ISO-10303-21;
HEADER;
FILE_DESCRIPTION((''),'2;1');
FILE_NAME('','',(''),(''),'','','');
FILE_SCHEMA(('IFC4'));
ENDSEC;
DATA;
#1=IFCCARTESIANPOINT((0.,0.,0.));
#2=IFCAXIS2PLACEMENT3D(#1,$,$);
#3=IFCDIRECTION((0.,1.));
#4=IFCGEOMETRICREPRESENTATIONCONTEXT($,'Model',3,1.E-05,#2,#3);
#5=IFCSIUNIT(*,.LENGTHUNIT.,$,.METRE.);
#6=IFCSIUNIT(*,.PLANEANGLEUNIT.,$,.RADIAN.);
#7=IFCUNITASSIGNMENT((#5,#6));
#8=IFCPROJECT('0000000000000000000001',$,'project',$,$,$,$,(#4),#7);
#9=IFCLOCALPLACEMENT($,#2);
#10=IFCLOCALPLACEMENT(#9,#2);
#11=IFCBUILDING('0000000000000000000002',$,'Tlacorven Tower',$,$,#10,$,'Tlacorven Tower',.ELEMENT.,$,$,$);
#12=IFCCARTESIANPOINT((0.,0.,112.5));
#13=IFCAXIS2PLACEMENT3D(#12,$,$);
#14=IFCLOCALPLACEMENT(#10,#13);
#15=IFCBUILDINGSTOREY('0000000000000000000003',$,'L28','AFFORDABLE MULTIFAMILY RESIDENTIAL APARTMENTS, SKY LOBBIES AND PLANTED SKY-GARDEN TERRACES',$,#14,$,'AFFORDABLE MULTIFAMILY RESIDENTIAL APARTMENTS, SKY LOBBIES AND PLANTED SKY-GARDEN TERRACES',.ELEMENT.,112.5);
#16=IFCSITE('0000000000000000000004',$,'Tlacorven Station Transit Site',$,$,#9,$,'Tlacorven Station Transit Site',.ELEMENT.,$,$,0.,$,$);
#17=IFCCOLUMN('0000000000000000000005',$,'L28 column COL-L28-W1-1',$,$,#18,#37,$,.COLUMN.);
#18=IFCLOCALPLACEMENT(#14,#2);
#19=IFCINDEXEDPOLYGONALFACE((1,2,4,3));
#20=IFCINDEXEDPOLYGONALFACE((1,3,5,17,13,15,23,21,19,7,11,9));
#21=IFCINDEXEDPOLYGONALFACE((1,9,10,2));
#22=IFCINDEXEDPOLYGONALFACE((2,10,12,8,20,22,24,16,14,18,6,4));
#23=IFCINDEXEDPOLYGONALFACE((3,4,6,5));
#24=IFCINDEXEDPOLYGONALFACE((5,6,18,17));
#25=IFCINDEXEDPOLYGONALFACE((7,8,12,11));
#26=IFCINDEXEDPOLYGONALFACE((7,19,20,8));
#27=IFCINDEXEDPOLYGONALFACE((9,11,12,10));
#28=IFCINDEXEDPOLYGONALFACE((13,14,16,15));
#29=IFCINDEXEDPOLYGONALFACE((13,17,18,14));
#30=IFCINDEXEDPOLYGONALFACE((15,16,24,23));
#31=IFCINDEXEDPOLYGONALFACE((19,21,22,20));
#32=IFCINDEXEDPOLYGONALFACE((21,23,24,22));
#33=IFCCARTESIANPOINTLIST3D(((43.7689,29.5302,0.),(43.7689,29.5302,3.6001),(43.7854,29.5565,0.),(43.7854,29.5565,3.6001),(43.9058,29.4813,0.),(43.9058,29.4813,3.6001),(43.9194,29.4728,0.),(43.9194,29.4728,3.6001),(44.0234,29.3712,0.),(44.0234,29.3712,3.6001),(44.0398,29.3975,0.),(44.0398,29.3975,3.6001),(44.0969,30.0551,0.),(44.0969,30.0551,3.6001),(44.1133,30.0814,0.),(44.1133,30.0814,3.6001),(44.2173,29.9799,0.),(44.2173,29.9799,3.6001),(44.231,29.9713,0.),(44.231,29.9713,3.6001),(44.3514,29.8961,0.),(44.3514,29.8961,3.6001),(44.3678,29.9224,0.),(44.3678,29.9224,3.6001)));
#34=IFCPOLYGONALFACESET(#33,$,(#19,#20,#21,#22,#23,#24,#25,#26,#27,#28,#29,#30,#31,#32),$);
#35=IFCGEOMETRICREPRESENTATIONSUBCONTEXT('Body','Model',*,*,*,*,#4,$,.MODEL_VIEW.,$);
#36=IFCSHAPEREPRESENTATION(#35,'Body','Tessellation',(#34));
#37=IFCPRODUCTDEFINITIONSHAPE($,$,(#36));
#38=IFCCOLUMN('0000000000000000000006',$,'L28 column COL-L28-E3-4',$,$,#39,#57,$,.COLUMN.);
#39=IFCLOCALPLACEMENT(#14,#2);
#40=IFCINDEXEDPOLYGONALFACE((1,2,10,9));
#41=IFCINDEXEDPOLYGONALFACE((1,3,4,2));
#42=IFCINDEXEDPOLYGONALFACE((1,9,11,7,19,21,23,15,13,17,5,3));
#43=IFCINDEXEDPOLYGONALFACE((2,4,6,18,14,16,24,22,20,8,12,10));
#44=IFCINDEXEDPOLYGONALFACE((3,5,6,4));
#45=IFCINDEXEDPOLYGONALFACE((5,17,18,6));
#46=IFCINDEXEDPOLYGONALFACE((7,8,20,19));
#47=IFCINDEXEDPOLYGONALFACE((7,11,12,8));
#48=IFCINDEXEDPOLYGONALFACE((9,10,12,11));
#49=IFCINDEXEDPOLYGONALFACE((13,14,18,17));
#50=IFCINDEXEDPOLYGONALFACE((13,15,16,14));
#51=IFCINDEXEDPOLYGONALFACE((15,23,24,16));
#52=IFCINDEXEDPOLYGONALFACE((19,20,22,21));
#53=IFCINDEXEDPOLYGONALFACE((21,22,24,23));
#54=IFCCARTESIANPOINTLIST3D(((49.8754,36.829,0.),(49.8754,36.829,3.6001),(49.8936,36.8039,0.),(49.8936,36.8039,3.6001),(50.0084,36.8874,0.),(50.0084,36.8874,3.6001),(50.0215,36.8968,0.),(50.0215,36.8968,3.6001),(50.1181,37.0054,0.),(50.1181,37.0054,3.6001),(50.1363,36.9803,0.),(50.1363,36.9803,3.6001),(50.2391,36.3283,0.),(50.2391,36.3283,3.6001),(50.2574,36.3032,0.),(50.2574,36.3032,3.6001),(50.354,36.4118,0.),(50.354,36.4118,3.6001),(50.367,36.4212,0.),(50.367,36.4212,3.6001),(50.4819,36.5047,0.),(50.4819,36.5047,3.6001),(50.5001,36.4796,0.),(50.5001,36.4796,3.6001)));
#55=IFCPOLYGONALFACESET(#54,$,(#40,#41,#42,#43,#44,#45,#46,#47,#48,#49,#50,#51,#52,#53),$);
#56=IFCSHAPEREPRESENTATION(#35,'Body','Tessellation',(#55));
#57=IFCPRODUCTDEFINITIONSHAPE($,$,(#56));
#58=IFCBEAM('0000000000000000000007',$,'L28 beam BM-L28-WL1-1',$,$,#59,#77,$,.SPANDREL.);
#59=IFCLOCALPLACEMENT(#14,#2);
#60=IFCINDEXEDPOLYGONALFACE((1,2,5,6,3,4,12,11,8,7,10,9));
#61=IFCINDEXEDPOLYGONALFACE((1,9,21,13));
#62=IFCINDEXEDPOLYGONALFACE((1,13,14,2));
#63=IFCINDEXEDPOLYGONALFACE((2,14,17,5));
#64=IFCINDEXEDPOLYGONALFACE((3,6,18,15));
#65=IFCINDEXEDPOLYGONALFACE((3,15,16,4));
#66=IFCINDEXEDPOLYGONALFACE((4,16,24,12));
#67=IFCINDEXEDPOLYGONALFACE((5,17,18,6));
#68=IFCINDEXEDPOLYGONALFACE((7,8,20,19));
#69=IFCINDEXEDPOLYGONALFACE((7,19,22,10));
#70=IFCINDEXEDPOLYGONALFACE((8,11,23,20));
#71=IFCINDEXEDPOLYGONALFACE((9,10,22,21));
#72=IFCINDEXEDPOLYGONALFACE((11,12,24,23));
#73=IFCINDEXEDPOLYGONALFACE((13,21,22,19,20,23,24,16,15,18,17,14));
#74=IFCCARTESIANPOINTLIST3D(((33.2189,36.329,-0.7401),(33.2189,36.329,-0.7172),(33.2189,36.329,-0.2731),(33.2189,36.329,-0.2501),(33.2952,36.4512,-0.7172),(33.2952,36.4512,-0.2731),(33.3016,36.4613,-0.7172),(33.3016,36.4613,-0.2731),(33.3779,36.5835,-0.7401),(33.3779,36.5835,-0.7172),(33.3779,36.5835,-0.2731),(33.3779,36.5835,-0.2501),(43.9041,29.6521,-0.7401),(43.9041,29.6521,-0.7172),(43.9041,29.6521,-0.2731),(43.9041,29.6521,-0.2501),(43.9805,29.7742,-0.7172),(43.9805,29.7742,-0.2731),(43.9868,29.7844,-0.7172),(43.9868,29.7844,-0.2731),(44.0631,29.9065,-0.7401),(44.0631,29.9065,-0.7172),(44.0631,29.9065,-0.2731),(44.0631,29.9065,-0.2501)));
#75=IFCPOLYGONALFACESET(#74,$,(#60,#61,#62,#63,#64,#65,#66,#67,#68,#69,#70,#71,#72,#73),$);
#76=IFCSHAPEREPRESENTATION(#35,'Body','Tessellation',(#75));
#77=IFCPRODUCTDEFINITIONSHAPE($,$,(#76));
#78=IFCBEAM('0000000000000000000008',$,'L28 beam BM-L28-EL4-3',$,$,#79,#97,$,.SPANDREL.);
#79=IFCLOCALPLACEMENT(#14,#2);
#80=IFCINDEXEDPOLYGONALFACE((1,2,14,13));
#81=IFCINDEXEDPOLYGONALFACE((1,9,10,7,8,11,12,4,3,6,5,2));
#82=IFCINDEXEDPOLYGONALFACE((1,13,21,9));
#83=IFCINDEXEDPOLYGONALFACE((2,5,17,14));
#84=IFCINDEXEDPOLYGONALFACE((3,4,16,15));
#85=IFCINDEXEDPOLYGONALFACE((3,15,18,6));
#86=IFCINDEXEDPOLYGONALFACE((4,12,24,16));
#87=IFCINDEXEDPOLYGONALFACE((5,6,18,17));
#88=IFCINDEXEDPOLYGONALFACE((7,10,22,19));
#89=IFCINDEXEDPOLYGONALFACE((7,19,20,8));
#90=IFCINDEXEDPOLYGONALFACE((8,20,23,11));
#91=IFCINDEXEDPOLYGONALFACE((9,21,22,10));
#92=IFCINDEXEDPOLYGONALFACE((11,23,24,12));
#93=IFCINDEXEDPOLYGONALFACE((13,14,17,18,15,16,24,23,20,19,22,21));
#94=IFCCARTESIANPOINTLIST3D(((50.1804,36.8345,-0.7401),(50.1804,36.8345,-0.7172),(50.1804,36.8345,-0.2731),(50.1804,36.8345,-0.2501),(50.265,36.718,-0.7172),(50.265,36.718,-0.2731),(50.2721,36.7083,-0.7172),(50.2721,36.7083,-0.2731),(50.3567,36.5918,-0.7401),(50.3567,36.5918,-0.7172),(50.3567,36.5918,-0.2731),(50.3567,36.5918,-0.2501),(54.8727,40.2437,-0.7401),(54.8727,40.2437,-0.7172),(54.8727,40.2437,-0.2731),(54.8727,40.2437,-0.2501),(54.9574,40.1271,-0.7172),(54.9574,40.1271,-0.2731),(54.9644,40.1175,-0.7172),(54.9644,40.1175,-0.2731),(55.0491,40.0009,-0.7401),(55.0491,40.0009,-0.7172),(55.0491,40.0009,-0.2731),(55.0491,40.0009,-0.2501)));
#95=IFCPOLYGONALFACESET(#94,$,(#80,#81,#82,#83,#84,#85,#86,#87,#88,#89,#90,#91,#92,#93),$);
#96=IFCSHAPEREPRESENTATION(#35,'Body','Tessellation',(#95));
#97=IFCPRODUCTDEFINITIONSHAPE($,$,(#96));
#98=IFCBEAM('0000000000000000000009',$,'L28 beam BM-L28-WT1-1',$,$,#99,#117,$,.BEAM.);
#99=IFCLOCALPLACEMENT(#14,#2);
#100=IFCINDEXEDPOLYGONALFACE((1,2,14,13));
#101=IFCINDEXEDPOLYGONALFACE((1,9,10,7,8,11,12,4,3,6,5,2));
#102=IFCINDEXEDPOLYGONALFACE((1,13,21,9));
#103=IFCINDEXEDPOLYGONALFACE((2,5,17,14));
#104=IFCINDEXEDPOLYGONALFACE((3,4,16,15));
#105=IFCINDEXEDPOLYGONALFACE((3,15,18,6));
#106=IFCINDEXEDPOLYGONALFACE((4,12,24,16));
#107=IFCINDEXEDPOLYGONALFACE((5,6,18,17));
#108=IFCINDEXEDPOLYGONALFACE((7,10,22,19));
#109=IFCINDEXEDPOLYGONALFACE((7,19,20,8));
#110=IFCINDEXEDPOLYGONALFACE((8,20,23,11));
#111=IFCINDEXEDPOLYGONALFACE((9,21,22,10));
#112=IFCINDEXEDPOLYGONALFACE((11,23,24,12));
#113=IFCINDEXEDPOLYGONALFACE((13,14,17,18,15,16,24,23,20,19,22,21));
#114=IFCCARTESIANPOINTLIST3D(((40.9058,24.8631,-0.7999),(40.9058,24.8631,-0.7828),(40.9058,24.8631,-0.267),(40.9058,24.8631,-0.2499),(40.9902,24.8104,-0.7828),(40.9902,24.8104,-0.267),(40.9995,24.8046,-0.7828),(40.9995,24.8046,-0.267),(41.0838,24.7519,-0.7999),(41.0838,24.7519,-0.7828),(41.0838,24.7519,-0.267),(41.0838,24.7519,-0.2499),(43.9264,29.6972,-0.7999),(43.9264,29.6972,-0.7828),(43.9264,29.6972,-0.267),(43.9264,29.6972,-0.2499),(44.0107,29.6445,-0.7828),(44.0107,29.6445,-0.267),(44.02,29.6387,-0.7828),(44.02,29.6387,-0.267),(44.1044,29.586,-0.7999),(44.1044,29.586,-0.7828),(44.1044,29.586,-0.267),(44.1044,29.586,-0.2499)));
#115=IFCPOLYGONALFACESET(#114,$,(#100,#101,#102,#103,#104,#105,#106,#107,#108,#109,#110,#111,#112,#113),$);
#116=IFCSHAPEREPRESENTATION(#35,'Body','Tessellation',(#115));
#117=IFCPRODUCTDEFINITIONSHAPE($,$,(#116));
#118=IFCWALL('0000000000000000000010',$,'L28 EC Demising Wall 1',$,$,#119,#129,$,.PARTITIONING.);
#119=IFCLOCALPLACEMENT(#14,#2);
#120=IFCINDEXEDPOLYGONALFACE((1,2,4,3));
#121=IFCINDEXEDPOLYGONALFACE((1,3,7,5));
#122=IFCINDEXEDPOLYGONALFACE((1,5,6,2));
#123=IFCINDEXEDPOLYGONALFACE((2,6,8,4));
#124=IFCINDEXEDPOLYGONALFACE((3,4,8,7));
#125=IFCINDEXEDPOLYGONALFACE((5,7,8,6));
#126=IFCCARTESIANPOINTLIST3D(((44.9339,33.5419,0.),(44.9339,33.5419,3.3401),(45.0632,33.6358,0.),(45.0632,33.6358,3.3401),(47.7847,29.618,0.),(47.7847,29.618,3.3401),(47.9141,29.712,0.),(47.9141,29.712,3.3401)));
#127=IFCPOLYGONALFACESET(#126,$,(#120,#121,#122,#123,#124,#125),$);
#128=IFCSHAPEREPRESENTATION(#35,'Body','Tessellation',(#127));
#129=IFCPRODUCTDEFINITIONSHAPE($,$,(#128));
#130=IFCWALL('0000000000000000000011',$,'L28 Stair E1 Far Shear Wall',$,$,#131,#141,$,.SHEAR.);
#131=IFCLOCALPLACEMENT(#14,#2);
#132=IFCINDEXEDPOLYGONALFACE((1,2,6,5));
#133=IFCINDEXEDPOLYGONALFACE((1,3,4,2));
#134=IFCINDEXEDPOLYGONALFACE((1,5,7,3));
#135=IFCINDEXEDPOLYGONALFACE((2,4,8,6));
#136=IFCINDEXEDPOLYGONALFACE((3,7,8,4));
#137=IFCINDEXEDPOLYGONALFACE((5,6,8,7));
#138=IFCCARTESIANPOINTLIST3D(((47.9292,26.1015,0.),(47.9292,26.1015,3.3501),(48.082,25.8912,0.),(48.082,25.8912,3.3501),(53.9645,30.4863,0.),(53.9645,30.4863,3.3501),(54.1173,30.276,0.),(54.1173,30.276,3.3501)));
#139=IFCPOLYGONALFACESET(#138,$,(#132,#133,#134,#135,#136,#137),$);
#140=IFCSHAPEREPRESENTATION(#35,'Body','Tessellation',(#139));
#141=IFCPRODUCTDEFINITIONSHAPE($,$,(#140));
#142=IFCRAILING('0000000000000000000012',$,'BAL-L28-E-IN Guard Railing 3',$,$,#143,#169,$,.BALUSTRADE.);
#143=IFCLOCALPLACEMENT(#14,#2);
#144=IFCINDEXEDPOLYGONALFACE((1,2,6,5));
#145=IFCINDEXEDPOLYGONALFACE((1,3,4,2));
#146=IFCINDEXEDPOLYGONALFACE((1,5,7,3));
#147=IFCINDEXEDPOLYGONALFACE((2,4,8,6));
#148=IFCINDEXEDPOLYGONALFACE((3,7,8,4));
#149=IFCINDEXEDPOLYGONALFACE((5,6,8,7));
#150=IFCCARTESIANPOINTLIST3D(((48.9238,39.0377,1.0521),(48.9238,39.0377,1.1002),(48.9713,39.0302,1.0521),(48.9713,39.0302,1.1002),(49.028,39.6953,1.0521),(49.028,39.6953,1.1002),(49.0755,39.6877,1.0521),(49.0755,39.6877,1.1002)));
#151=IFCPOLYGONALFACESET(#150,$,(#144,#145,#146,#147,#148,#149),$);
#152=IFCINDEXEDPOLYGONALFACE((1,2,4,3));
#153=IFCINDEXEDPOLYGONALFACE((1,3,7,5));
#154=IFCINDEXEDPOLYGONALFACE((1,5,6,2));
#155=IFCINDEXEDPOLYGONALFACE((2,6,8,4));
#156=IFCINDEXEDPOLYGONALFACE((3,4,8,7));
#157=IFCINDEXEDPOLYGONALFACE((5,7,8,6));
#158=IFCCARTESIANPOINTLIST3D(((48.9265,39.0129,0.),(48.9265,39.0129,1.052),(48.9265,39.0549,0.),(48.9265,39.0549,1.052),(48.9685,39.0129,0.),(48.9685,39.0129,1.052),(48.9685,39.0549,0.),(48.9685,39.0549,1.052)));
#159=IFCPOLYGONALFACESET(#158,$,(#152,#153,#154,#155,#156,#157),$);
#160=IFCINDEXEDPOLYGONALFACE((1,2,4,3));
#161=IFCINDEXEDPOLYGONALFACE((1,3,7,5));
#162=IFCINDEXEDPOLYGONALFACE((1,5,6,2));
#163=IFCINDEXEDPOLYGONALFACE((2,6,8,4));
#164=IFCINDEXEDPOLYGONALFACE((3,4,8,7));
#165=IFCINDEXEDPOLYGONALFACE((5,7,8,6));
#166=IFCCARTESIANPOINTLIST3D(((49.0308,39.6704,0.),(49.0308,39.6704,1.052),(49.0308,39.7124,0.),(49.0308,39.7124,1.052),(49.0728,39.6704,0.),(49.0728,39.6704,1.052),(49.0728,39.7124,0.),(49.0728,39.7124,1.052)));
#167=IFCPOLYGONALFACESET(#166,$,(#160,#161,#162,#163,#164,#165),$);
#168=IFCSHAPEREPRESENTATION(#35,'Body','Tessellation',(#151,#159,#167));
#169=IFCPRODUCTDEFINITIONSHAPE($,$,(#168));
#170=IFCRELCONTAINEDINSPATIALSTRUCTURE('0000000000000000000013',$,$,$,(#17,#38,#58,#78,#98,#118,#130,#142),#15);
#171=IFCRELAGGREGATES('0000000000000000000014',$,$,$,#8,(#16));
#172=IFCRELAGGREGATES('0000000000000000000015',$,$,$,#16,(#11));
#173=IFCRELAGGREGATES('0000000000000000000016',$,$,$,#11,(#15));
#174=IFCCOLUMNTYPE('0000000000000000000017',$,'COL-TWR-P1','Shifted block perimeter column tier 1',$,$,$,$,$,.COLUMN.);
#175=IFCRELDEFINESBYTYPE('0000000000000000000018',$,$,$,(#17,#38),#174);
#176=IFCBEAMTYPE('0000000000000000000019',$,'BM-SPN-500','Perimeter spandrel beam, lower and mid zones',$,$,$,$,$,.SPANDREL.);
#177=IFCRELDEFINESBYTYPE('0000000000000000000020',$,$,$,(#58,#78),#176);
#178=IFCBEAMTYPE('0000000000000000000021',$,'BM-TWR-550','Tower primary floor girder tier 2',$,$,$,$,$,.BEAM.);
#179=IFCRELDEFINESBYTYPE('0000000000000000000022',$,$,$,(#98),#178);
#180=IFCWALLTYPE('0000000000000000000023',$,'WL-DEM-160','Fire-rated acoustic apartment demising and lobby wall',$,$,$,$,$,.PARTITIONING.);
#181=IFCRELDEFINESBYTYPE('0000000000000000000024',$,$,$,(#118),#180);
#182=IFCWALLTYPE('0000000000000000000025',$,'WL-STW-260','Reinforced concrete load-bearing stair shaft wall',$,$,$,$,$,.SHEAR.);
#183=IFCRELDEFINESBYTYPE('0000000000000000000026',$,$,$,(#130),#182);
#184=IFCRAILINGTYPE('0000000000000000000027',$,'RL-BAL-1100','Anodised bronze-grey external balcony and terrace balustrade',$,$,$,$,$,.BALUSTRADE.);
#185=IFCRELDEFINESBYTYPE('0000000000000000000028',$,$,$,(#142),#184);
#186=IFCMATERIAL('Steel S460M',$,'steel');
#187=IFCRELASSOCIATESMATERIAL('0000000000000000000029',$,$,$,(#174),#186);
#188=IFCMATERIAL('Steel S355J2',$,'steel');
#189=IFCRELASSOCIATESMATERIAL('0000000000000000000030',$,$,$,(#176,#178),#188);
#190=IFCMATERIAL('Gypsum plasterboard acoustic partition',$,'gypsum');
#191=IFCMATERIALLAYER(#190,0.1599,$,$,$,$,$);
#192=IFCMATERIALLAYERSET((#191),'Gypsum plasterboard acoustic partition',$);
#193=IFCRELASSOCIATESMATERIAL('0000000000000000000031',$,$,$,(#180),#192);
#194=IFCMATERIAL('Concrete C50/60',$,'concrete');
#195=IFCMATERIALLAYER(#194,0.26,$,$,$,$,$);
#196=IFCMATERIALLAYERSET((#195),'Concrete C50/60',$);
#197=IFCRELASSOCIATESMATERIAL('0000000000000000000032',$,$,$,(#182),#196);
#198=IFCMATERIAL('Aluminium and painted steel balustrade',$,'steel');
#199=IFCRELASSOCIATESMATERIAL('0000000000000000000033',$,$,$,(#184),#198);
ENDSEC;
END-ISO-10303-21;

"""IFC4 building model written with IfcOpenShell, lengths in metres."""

from ifc_helpers import new_model, si_unit, direction, frame, frame_2d, origin, origin_2d, place, context, subcontext, project, spatial, rectangle, i_section, extrude, source, transform, mapped, material, layer, layer_set, material_profile, profile_set, type_object, element, save


model = new_model("IFC4")

# Units and contexts
model_context = context("Model", 3, precision=1e-05, world=origin(), true_north=direction((0.0, 1.0)))
body_context = subcontext(model_context, "Body", "Model", "MODEL_VIEW")
ifc_project = project(units=[si_unit("LENGTHUNIT", "METRE"), si_unit("PLANEANGLEUNIT", "RADIAN")], contexts=[model_context])

# Site, building, storey
site_placement = place(None, origin())
site = spatial("IfcSite", under=ifc_project, at=site_placement, Name="Tlacorven Station Transit Site", LongName="Tlacorven Station Transit Site", CompositionType="ELEMENT", RefElevation=0.0)
building_placement = place(site_placement, origin())
building = spatial("IfcBuilding", under=site, at=building_placement, Name="Tlacorven Tower", LongName="Tlacorven Tower", CompositionType="ELEMENT")
storey_placement = place(building_placement, frame((0.0, 0.0, 112.5)))
storey = spatial("IfcBuildingStorey", under=building, at=storey_placement, Name="L28", Description="AFFORDABLE MULTIFAMILY RESIDENTIAL APARTMENTS, SKY LOBBIES AND PLANTED SKY-GARDEN TERRACES", LongName="AFFORDABLE MULTIFAMILY RESIDENTIAL APARTMENTS, SKY LOBBIES AND PLANTED SKY-GARDEN TERRACES", CompositionType="ELEMENT", Elevation=112.5)

# Columns
ifc_material_1 = material(Name="Steel S460M", Category="steel")
ifc_material_profile_1 = material_profile(ifc_material_1, i_section(OverallWidth=0.3, OverallDepth=0.6499, WebThickness=0.0161, FlangeThickness=0.031, at=origin_2d()), Name="HEB 650")
ifc_profile_set_1 = profile_set([ifc_material_profile_1], Name="Steel S460M")
column_type = type_object("IfcColumnType", Name="COL-TWR-P1", Description="Shifted block perimeter column tier 1", PredefinedType="COLUMN", material=ifc_profile_set_1)
shared_shape_1 = source(origin(), body_context, "Body", "SweptSolid", [
    extrude(i_section(OverallWidth=0.3, OverallDepth=0.6499, WebThickness=0.0161, FlangeThickness=0.031, at=origin_2d()), origin(), (0.0, 0.0, 1.0), 3.6001),
])
for number, where, z_axis, x_axis, name in (
    (1, (44.0684, 29.7263, 0.0), (0.0, 0.0, 1.0), (-0.848048, 0.529919, 0.0), "L28 column COL-L28-W1-1"),
    (2, (50.1877, 36.6543, 0.0), (0.0, 0.0, 1.0), (0.809017, 0.587785, 0.0), "L28 column COL-L28-E3-4"),
):
    element("IfcColumn", number, at=place(storey_placement, frame(where, z_axis=z_axis, x_axis=x_axis)), inside=storey, type_object=column_type, Name=name, PredefinedType="COLUMN", context=body_context, shape_type="MappedRepresentation", body=[
        mapped(shared_shape_1, transform((0.0, 0.0, 0.0), scale=1.0)),
    ])

# Beams
ifc_material_2 = material(Name="Steel S355J2", Category="steel")
ifc_material_profile_2 = material_profile(ifc_material_2, i_section(OverallWidth=0.3, OverallDepth=0.49, WebThickness=0.012, FlangeThickness=0.0229, at=origin_2d()), Name="HEA 500")
ifc_profile_set_2 = profile_set([ifc_material_profile_2], Name="Steel S355J2")
beam_type_1 = type_object("IfcBeamType", Name="BM-SPN-500", Description="Perimeter spandrel beam, lower and mid zones", PredefinedType="SPANDREL", material=ifc_profile_set_2)
shared_shape_2 = source(origin(), body_context, "Body", "SweptSolid", [
    extrude(i_section(OverallWidth=0.3, OverallDepth=0.49, WebThickness=0.012, FlangeThickness=0.0229, at=origin_2d()), origin(), (0.0, 0.0, 1.0), 12.5999),
])
beam_1_placement = place(storey_placement, frame((43.9836, 29.7793, -0.4951), z_axis=(-0.848045, 0.529924, 0.0), x_axis=(-0.529924, -0.848045, 0.0)))
element("IfcBeam", 3, at=beam_1_placement, inside=storey, type_object=beam_type_1, Name="L28 beam BM-L28-WL1-1", PredefinedType="SPANDREL", context=body_context, shape_type="MappedRepresentation", body=[
    mapped(shared_shape_2, transform((0.0, 0.0, 0.0), scale=1.0)),
])
shared_shape_3 = source(origin(), body_context, "Body", "SweptSolid", [
    extrude(i_section(OverallWidth=0.3, OverallDepth=0.49, WebThickness=0.012, FlangeThickness=0.0229, at=origin_2d()), origin(), (0.0, 0.0, 1.0), 5.8),
])
beam_2_placement = place(storey_placement, frame((50.2686, 36.7131, -0.4951), z_axis=(0.80902, 0.587781, 0.0), x_axis=(-0.587781, 0.80902, 0.0)))
element("IfcBeam", 4, at=beam_2_placement, inside=storey, type_object=beam_type_1, Name="L28 beam BM-L28-EL4-3", PredefinedType="SPANDREL", context=body_context, shape_type="MappedRepresentation", body=[
    mapped(shared_shape_3, transform((0.0, 0.0, 0.0), scale=1.0)),
])
ifc_material_profile_3 = material_profile(ifc_material_2, i_section(OverallWidth=0.21, OverallDepth=0.55, WebThickness=0.011, FlangeThickness=0.0171, at=origin_2d()), Name="IPE 550")
ifc_profile_set_3 = profile_set([ifc_material_profile_3], Name="Steel S355J2")
beam_type_2 = type_object("IfcBeamType", Name="BM-TWR-550", Description="Tower primary floor girder tier 2", PredefinedType="BEAM", material=ifc_profile_set_3)
shared_shape_4 = source(origin(), body_context, "Body", "SweptSolid", [
    extrude(i_section(OverallWidth=0.21, OverallDepth=0.55, WebThickness=0.011, FlangeThickness=0.0171, at=origin_2d()), origin(), (0.0, 0.0, 1.0), 5.7002),
])
beam_3_placement = place(storey_placement, frame((44.0154, 29.6416, -0.5249), z_axis=(-0.529907, -0.848056, 0.0), x_axis=(0.848056, -0.529907, 0.0)))
element("IfcBeam", 5, at=beam_3_placement, inside=storey, type_object=beam_type_2, Name="L28 beam BM-L28-WT1-1", PredefinedType="BEAM", context=body_context, shape_type="MappedRepresentation", body=[
    mapped(shared_shape_4, transform((0.0, 0.0, 0.0), scale=1.0)),
])

# Walls
ifc_material_3 = material(Name="Gypsum plasterboard acoustic partition", Category="gypsum")
ifc_layer_1 = layer(ifc_material_3, 0.1599)
ifc_layer_set_1 = layer_set([ifc_layer_1], Name="Gypsum plasterboard acoustic partition")
wall_type_1 = type_object("IfcWallType", Name="WL-DEM-160", Description="Fire-rated acoustic apartment demising and lobby wall", PredefinedType="PARTITIONING", material=ifc_layer_set_1)
wall_1_placement = place(storey_placement, frame((47.8494, 29.665, 0.0), z_axis=(0.0, 0.0, 1.0), x_axis=(-0.587786, 0.809017, 0.0)))
element("IfcWall", 6, at=wall_1_placement, inside=storey, type_object=wall_type_1, Name="L28 EC Demising Wall 1", PredefinedType="PARTITIONING", context=body_context, shape_type="SweptSolid", body=[
    extrude(rectangle(XDim=4.8501, YDim=0.1599, at=frame_2d((2.425, 0.0))), origin(), (0.0, 0.0, 1.0), 3.3401),
])
ifc_material_4 = material(Name="Concrete C50/60", Category="concrete")
ifc_layer_2 = layer(ifc_material_4, 0.26)
ifc_layer_set_2 = layer_set([ifc_layer_2], Name="Concrete C50/60")
wall_type_2 = type_object("IfcWallType", Name="WL-STW-260", Description="Reinforced concrete load-bearing stair shaft wall", PredefinedType="SHEAR", material=ifc_layer_set_2)
wall_2_placement = place(storey_placement, frame((48.0056, 25.9963, 0.0), z_axis=(0.0, 0.0, 1.0), x_axis=(0.809019, 0.587782, 0.0)))
element("IfcWall", 7, at=wall_2_placement, inside=storey, type_object=wall_type_2, Name="L28 Stair E1 Far Shear Wall", PredefinedType="SHEAR", context=body_context, shape_type="SweptSolid", body=[
    extrude(rectangle(XDim=7.46, YDim=0.26, at=frame_2d((3.73, 0.0))), origin(), (0.0, 0.0, 1.0), 3.3501),
])

# Railing
ifc_material_5 = material(Name="Aluminium and painted steel balustrade", Category="steel")
railing_type_1 = type_object("IfcRailingType", Name="RL-BAL-1100", Description="Anodised bronze-grey external balcony and terrace balustrade", PredefinedType="BALUSTRADE", material=ifc_material_5)
shared_shape_5 = source(origin(), body_context, "Body", "SweptSolid", [
    extrude(rectangle(XDim=0.0481, YDim=0.0481, at=origin_2d()), frame((0.0, 0.0, 1.0762), z_axis=(0.156603, 0.987662, 0.0), x_axis=(-0.987662, 0.156603, 0.0)), (0.0, 0.0, 1.0), 0.6658),
    extrude(rectangle(XDim=0.042, YDim=0.042, at=origin_2d()), origin(), (0.0, 0.0, 1.0), 1.052),
    extrude(rectangle(XDim=0.042, YDim=0.042, at=origin_2d()), frame((0.1042, 0.6575, 0.0)), (0.0, 0.0, 1.0), 1.052),
])
railing_1_placement = place(storey_placement, frame((48.9475, 39.0339, 0.0)))
element("IfcRailing", 8, at=railing_1_placement, inside=storey, type_object=railing_type_1, Name="BAL-L28-E-IN Guard Railing 3", PredefinedType="BALUSTRADE", context=body_context, shape_type="MappedRepresentation", body=[
    mapped(shared_shape_5, transform((0.0, 0.0, 0.0), scale=1.0)),
])

save(model, "model.ifc")
